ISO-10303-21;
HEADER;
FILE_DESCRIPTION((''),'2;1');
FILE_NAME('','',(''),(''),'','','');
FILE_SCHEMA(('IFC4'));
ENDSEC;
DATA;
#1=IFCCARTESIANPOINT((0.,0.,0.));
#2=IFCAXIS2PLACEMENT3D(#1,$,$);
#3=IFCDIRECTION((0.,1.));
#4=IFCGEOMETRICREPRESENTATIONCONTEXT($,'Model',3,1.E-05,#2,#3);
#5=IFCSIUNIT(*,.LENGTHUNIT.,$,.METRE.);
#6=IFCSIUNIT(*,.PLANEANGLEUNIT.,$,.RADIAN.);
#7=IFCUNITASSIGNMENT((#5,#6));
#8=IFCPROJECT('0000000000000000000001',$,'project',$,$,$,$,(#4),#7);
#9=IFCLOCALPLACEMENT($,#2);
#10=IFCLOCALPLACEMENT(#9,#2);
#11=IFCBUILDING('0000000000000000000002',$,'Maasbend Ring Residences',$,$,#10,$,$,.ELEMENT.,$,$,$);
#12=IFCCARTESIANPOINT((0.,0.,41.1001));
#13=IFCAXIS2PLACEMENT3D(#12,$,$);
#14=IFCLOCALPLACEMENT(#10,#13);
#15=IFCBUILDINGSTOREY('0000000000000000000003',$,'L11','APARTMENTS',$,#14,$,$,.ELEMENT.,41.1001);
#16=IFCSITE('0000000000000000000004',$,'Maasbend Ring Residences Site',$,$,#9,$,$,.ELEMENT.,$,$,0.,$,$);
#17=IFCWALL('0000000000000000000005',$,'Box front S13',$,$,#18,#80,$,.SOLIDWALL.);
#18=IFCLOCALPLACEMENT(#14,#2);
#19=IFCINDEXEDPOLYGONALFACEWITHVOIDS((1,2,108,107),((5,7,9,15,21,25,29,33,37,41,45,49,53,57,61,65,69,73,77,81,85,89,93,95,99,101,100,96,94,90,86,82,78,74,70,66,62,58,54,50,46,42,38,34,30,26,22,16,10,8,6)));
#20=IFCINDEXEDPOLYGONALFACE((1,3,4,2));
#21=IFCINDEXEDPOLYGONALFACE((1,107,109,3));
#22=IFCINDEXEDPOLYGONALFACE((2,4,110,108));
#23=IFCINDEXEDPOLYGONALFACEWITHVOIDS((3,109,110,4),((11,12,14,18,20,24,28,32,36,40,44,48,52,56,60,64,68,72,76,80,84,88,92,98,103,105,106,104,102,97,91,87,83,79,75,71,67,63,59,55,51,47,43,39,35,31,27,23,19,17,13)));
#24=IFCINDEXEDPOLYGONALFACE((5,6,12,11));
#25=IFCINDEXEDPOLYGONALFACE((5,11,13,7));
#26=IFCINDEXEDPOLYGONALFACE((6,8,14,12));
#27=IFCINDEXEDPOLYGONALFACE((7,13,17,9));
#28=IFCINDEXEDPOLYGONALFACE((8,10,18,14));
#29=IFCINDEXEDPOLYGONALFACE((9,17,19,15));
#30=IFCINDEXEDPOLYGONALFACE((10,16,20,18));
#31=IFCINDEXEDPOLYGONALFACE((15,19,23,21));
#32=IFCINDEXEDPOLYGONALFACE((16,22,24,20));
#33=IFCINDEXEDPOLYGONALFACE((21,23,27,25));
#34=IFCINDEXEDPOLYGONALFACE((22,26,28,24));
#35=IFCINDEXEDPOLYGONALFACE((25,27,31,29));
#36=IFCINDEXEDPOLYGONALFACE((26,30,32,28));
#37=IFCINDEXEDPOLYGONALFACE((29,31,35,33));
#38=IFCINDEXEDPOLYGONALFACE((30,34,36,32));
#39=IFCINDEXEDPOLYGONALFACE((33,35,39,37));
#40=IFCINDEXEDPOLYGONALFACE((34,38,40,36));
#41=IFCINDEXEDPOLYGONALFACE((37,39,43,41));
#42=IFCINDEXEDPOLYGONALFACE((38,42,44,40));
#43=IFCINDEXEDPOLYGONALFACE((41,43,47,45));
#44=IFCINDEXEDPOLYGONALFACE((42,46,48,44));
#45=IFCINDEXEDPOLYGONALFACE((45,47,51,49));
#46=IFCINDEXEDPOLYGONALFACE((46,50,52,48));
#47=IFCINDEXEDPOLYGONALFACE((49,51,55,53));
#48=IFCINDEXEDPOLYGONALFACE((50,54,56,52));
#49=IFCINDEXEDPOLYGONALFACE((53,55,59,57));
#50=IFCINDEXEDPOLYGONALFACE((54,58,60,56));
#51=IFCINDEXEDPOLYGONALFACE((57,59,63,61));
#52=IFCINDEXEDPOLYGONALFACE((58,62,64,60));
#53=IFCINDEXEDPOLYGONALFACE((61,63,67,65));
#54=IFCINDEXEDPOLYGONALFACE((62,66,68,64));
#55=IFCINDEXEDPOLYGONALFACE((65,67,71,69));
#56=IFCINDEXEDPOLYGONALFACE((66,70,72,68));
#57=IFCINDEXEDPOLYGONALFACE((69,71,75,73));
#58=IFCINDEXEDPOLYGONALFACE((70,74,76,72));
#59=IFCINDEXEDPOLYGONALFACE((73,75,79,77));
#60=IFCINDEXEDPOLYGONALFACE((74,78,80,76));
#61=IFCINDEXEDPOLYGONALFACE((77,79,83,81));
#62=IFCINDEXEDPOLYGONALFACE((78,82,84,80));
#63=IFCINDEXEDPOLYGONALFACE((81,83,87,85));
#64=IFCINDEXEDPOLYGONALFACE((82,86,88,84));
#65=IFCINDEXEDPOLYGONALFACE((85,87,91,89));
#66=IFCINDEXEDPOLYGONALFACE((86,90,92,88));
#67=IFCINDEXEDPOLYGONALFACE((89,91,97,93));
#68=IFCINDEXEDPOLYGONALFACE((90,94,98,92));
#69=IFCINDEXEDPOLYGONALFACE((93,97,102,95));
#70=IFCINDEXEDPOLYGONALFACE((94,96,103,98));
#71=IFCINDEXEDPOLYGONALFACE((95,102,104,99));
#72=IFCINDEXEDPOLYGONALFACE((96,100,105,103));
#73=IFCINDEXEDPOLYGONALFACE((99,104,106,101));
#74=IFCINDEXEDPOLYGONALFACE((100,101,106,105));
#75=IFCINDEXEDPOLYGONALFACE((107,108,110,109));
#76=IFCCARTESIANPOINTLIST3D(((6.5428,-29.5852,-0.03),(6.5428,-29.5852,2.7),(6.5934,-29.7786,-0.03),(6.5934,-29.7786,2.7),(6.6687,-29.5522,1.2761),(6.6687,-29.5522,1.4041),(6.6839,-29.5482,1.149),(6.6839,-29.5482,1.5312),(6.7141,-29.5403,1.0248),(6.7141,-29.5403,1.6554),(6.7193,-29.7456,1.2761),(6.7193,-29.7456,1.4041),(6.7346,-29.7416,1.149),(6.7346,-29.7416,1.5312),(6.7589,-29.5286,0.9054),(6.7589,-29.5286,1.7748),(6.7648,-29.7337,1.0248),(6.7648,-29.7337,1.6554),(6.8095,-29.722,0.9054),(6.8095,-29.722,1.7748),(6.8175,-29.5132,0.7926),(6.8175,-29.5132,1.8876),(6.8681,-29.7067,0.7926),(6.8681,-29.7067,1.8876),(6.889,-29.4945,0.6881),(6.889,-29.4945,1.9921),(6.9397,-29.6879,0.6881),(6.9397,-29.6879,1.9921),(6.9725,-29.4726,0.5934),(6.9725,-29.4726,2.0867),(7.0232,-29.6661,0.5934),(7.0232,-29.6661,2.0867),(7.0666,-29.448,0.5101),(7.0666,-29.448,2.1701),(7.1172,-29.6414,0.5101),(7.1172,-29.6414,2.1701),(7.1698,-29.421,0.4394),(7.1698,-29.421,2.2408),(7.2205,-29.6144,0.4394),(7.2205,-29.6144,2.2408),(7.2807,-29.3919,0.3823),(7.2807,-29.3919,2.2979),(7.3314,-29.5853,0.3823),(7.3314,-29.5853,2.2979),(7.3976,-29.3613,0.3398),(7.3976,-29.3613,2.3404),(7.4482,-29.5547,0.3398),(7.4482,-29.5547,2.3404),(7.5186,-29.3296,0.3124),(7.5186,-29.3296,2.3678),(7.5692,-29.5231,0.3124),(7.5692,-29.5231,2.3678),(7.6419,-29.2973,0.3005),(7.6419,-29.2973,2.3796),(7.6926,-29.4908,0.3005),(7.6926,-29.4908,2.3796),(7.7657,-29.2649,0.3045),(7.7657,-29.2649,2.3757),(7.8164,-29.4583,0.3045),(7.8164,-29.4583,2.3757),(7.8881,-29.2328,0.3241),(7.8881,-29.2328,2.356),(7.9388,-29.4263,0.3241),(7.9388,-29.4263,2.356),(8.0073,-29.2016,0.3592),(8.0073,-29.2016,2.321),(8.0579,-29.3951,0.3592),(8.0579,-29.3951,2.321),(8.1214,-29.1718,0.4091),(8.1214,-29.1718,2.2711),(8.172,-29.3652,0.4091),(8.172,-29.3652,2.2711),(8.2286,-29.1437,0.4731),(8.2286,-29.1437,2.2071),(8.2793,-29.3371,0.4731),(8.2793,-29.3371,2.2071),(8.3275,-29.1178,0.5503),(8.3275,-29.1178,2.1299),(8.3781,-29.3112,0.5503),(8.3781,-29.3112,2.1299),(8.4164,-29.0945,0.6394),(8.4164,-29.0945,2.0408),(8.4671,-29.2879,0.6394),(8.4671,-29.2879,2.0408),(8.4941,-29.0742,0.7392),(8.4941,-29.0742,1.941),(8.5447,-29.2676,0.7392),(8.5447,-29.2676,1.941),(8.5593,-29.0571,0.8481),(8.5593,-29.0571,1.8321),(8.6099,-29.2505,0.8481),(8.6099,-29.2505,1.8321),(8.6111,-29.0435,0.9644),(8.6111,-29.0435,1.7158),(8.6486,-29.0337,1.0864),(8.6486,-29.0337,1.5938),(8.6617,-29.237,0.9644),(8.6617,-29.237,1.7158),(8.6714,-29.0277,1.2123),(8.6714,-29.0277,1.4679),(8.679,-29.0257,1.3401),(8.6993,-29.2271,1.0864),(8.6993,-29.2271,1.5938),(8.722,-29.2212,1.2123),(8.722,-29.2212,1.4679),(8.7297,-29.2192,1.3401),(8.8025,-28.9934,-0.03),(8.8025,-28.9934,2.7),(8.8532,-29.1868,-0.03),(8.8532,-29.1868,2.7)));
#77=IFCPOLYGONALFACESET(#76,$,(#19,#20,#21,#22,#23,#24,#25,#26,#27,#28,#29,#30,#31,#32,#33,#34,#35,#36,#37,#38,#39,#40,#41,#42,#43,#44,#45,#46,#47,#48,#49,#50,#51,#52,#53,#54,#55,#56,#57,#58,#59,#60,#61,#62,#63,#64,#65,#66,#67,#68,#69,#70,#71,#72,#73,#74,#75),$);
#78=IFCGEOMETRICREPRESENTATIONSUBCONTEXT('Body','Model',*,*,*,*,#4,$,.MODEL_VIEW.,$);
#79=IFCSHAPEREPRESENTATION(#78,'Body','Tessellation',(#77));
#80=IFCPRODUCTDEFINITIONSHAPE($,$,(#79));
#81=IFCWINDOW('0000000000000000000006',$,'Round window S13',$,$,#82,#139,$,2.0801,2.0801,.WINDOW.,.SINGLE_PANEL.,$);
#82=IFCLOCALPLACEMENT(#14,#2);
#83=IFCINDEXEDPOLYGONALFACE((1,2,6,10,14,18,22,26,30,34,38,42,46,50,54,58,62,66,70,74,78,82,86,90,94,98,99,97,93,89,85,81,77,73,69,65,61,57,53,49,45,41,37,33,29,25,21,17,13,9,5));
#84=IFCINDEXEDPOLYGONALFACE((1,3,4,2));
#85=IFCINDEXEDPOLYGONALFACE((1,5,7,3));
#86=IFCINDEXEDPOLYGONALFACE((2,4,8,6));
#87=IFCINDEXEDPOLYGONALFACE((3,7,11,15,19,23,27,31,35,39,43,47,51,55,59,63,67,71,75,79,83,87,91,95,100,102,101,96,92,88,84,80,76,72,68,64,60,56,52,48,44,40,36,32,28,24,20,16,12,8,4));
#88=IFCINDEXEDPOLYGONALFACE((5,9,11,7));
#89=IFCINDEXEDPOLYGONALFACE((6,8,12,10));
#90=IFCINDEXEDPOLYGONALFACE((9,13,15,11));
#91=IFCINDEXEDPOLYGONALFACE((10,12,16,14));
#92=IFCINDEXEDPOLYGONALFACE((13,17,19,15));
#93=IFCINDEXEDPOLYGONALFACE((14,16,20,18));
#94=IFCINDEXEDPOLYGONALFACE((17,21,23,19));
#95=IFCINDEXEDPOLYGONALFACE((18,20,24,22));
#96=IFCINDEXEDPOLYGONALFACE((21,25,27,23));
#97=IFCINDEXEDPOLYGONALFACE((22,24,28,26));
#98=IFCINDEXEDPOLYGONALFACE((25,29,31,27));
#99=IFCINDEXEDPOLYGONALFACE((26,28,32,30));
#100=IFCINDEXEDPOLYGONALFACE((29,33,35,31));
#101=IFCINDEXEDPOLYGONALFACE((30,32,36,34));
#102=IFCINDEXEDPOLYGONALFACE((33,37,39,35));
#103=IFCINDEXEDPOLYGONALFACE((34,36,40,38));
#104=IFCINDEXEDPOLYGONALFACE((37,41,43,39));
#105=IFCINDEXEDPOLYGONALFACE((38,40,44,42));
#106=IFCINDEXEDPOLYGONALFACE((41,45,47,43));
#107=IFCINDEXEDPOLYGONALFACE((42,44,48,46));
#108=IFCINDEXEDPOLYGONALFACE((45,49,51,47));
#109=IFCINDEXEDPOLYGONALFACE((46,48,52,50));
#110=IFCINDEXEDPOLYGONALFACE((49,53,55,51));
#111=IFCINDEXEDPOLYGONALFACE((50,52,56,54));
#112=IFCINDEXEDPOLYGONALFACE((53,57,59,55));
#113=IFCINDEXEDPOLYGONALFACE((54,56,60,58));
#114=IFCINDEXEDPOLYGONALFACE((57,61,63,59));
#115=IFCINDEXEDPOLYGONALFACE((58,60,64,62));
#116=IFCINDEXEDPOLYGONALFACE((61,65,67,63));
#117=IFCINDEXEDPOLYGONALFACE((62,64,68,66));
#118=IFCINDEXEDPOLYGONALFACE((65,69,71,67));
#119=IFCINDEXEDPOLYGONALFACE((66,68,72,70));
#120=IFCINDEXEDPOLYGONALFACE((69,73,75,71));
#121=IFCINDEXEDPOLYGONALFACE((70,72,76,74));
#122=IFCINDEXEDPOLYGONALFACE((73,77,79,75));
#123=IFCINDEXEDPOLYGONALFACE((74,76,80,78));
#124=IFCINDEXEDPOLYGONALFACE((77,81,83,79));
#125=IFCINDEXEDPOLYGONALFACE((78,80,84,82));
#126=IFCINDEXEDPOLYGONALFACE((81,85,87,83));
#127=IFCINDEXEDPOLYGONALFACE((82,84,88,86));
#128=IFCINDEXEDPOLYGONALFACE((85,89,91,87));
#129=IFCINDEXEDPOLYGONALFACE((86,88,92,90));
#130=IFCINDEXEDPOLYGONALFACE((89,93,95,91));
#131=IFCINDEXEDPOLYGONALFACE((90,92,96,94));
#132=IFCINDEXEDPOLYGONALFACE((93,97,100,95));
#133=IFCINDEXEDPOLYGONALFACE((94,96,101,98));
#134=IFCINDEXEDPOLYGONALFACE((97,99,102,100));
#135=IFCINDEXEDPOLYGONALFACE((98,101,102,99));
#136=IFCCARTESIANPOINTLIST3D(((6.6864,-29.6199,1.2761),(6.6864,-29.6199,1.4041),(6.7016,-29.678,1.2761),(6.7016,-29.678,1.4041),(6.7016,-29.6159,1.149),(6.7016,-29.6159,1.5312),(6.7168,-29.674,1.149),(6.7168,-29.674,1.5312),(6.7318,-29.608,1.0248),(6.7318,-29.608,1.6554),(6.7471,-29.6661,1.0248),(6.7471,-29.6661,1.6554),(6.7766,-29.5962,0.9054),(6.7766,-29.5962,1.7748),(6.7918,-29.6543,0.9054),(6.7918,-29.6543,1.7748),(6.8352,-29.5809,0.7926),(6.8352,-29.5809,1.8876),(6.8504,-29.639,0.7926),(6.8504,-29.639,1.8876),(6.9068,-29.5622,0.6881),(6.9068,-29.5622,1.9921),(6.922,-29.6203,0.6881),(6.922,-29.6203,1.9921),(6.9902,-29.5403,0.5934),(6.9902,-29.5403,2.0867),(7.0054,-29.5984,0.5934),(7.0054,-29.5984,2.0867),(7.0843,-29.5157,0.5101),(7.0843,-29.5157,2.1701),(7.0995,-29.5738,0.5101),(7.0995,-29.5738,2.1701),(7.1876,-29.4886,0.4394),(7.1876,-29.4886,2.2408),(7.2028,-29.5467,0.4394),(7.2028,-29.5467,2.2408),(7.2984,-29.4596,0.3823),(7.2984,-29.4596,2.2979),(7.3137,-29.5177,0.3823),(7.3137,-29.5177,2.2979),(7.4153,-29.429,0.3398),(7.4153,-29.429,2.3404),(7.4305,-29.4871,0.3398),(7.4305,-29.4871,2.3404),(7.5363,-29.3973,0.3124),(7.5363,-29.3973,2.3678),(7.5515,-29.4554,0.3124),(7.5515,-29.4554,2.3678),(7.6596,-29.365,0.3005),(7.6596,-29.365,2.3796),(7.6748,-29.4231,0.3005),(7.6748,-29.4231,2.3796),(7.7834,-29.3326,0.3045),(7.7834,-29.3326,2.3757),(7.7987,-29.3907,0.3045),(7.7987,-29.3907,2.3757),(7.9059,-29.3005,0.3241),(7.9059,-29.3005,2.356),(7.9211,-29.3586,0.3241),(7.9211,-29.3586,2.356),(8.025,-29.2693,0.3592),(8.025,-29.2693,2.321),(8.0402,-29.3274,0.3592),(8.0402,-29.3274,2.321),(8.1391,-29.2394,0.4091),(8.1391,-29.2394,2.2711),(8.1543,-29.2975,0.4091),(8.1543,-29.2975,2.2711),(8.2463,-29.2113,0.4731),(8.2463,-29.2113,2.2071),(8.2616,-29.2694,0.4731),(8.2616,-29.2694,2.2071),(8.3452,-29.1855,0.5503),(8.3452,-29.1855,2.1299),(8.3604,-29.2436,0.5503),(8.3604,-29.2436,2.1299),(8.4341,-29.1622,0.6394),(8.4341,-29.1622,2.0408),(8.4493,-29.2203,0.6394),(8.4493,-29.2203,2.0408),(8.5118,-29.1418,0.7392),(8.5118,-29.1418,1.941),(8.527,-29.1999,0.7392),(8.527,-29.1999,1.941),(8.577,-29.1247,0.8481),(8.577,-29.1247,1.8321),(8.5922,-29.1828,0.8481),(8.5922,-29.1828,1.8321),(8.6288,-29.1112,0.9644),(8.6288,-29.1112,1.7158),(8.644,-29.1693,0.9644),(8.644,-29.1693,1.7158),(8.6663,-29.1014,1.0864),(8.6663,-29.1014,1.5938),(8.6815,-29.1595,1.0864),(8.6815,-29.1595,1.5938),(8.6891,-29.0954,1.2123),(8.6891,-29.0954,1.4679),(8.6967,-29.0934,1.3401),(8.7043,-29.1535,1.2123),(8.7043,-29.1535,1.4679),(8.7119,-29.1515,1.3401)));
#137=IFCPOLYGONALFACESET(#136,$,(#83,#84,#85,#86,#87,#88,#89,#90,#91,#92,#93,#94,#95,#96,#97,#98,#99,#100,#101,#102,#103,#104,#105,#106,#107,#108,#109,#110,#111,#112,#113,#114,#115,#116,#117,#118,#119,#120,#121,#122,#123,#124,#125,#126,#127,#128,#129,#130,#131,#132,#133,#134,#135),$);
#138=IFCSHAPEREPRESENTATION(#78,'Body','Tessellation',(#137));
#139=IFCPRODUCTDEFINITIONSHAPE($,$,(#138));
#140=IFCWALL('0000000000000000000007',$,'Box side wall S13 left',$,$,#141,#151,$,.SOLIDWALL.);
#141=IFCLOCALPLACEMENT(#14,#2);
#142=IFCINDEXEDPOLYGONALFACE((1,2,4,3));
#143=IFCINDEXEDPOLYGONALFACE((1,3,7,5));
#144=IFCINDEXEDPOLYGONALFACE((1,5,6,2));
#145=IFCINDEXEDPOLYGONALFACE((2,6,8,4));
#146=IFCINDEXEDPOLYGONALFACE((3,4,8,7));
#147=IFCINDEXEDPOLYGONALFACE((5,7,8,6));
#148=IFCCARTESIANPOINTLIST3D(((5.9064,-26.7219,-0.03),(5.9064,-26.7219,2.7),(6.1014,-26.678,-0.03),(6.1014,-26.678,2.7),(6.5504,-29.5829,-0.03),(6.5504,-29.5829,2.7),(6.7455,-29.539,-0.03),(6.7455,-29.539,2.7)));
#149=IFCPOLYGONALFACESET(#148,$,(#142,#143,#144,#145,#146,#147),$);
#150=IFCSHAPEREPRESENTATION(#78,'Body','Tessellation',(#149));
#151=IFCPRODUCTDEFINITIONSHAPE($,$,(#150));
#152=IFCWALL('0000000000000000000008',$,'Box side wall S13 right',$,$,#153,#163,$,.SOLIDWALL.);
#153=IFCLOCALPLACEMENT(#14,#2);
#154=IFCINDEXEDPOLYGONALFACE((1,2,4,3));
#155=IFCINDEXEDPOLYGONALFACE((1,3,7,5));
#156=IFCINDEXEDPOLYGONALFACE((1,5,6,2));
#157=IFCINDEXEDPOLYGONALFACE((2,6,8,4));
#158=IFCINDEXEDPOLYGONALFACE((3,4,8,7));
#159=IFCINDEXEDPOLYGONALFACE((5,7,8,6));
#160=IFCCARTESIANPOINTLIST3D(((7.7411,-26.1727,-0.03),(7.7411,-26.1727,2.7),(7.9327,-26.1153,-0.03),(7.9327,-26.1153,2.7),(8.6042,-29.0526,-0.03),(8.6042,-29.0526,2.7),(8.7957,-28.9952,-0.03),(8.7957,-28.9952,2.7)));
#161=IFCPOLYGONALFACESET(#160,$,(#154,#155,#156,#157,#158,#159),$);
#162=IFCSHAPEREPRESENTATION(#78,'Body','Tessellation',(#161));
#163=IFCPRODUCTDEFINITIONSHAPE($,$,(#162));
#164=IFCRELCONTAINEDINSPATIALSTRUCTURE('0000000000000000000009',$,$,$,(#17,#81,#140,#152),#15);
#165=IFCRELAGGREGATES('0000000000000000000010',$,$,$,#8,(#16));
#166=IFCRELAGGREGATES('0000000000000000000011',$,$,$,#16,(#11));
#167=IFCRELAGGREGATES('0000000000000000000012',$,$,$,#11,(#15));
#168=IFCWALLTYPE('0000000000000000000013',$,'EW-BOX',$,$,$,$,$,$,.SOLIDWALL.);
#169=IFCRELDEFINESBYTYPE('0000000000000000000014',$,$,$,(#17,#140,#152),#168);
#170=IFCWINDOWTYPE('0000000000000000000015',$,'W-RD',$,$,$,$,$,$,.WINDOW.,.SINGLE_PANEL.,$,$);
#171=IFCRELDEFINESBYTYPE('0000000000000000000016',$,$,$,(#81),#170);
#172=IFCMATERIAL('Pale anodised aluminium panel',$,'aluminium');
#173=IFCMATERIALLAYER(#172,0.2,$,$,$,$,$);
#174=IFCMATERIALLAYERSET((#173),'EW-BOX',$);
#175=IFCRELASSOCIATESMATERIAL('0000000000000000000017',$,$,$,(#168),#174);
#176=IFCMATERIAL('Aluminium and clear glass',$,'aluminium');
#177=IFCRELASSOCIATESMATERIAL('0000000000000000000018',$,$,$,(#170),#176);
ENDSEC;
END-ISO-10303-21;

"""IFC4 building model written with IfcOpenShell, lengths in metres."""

from ifc_helpers import new_model, si_unit, direction, frame, frame_2d, origin, place, context, subcontext, project, spatial, rectangle, circle, extrude, material, layer, layer_set, type_object, element, fill, save


model = new_model("IFC4")

# Units and contexts
model_context = context("Model", 3, precision=1e-05, world=origin(), true_north=direction((0.0, 1.0)))
body_context = subcontext(model_context, "Body", "Model", "MODEL_VIEW")
ifc_project = project(units=[si_unit("LENGTHUNIT", "METRE"), si_unit("PLANEANGLEUNIT", "RADIAN")], contexts=[model_context])

# Site, building, storey
site_placement = place(None, origin())
site = spatial("IfcSite", under=ifc_project, at=site_placement, Name="Maasbend Ring Residences Site", CompositionType="ELEMENT", RefElevation=0.0)
building_placement = place(site_placement, origin())
building = spatial("IfcBuilding", under=site, at=building_placement, Name="Maasbend Ring Residences", CompositionType="ELEMENT")
storey_placement = place(building_placement, frame((0.0, 0.0, 41.1001)))
storey = spatial("IfcBuildingStorey", under=building, at=storey_placement, Name="L11", Description="APARTMENTS", CompositionType="ELEMENT", Elevation=41.1001)

# Shared definitions
ifc_material_1 = material(Name="Pale anodised aluminium panel", Category="aluminium")
ifc_layer_1 = layer(ifc_material_1, 0.2)
ifc_layer_set_1 = layer_set([ifc_layer_1], Name="EW-BOX")
wall_type_1 = type_object("IfcWallType", Name="EW-BOX", PredefinedType="SOLIDWALL", material=ifc_layer_set_1)

# Wall, opening, window
wall_1_placement = place(storey_placement, frame((6.5681, -29.6819, -0.03), z_axis=(0.0, 0.0, 1.0), x_axis=(0.967377, 0.253341, 0.0)))
wall_1 = element("IfcWall", 1, at=wall_1_placement, inside=storey, type_object=wall_type_1, Name="Box front S13", PredefinedType="SOLIDWALL", context=body_context, shape_type="SweptSolid", body=[
    extrude(rectangle(XDim=2.3359, YDim=0.2, at=frame_2d((1.168, 0.0))), origin(), (0.0, 0.0, 1.0), 2.73),
])
opening_1_placement = place(wall_1_placement, frame((0.1282, 0.0, 0.3301)))
opening_1 = element("IfcOpeningElement", 2, at=opening_1_placement, cuts=wall_1, PredefinedType="OPENING", context=body_context, shape_type="SweptSolid", body=[
    extrude(circle(Radius=1.04, at=frame_2d((1.04, 1.04))), frame((0.0, 0.1099, 0.0), z_axis=(0.0, -1.0, 0.0), x_axis=(1.0, 0.0, 0.0)), (0.0, 0.0, 1.0), 0.22),
])
ifc_material_2 = material(Name="Aluminium and clear glass", Category="aluminium")
window_type_1 = type_object("IfcWindowType", Name="W-RD", PartitioningType="SINGLE_PANEL", PredefinedType="WINDOW", material=ifc_material_2)
window_1_placement = place(opening_1_placement, origin())
window_1 = element("IfcWindow", 3, at=window_1_placement, inside=storey, type_object=window_type_1, Name="Round window S13", OverallHeight=2.0801, OverallWidth=2.0801, PartitioningType="SINGLE_PANEL", PredefinedType="WINDOW", context=body_context, shape_type="SweptSolid", body=[
    extrude(circle(Radius=1.04, at=frame_2d((1.04, 1.04))), frame((0.0, 0.03, 0.0), z_axis=(0.0, -1.0, 0.0), x_axis=(1.0, 0.0, 0.0)), (0.0, 0.0, 1.0), 0.0601),
])
fill(opening_1, window_1)

# Walls
wall_2_placement = place(storey_placement, frame((6.0039, -26.7, -0.03), z_axis=(0.0, 0.0, 1.0), x_axis=(0.219609, -0.975588, 0.0)))
element("IfcWall", 4, at=wall_2_placement, inside=storey, type_object=wall_type_1, Name="Box side wall S13 left", PredefinedType="SOLIDWALL", context=body_context, shape_type="SweptSolid", body=[
    extrude(rectangle(XDim=2.9326, YDim=0.2, at=frame_2d((1.4663, 0.0))), origin(), (0.0, 0.0, 1.0), 2.73),
])
wall_3_placement = place(storey_placement, frame((7.8369, -26.144, -0.03), z_axis=(0.0, 0.0, 1.0), x_axis=(0.287065, -0.957911, 0.0)))
element("IfcWall", 5, at=wall_3_placement, inside=storey, type_object=wall_type_1, Name="Box side wall S13 right", PredefinedType="SOLIDWALL", context=body_context, shape_type="SweptSolid", body=[
    extrude(rectangle(XDim=3.0063, YDim=0.2, at=frame_2d((1.5032, 0.0))), origin(), (0.0, 0.0, 1.0), 2.73),
])

save(model, "model.ifc")
